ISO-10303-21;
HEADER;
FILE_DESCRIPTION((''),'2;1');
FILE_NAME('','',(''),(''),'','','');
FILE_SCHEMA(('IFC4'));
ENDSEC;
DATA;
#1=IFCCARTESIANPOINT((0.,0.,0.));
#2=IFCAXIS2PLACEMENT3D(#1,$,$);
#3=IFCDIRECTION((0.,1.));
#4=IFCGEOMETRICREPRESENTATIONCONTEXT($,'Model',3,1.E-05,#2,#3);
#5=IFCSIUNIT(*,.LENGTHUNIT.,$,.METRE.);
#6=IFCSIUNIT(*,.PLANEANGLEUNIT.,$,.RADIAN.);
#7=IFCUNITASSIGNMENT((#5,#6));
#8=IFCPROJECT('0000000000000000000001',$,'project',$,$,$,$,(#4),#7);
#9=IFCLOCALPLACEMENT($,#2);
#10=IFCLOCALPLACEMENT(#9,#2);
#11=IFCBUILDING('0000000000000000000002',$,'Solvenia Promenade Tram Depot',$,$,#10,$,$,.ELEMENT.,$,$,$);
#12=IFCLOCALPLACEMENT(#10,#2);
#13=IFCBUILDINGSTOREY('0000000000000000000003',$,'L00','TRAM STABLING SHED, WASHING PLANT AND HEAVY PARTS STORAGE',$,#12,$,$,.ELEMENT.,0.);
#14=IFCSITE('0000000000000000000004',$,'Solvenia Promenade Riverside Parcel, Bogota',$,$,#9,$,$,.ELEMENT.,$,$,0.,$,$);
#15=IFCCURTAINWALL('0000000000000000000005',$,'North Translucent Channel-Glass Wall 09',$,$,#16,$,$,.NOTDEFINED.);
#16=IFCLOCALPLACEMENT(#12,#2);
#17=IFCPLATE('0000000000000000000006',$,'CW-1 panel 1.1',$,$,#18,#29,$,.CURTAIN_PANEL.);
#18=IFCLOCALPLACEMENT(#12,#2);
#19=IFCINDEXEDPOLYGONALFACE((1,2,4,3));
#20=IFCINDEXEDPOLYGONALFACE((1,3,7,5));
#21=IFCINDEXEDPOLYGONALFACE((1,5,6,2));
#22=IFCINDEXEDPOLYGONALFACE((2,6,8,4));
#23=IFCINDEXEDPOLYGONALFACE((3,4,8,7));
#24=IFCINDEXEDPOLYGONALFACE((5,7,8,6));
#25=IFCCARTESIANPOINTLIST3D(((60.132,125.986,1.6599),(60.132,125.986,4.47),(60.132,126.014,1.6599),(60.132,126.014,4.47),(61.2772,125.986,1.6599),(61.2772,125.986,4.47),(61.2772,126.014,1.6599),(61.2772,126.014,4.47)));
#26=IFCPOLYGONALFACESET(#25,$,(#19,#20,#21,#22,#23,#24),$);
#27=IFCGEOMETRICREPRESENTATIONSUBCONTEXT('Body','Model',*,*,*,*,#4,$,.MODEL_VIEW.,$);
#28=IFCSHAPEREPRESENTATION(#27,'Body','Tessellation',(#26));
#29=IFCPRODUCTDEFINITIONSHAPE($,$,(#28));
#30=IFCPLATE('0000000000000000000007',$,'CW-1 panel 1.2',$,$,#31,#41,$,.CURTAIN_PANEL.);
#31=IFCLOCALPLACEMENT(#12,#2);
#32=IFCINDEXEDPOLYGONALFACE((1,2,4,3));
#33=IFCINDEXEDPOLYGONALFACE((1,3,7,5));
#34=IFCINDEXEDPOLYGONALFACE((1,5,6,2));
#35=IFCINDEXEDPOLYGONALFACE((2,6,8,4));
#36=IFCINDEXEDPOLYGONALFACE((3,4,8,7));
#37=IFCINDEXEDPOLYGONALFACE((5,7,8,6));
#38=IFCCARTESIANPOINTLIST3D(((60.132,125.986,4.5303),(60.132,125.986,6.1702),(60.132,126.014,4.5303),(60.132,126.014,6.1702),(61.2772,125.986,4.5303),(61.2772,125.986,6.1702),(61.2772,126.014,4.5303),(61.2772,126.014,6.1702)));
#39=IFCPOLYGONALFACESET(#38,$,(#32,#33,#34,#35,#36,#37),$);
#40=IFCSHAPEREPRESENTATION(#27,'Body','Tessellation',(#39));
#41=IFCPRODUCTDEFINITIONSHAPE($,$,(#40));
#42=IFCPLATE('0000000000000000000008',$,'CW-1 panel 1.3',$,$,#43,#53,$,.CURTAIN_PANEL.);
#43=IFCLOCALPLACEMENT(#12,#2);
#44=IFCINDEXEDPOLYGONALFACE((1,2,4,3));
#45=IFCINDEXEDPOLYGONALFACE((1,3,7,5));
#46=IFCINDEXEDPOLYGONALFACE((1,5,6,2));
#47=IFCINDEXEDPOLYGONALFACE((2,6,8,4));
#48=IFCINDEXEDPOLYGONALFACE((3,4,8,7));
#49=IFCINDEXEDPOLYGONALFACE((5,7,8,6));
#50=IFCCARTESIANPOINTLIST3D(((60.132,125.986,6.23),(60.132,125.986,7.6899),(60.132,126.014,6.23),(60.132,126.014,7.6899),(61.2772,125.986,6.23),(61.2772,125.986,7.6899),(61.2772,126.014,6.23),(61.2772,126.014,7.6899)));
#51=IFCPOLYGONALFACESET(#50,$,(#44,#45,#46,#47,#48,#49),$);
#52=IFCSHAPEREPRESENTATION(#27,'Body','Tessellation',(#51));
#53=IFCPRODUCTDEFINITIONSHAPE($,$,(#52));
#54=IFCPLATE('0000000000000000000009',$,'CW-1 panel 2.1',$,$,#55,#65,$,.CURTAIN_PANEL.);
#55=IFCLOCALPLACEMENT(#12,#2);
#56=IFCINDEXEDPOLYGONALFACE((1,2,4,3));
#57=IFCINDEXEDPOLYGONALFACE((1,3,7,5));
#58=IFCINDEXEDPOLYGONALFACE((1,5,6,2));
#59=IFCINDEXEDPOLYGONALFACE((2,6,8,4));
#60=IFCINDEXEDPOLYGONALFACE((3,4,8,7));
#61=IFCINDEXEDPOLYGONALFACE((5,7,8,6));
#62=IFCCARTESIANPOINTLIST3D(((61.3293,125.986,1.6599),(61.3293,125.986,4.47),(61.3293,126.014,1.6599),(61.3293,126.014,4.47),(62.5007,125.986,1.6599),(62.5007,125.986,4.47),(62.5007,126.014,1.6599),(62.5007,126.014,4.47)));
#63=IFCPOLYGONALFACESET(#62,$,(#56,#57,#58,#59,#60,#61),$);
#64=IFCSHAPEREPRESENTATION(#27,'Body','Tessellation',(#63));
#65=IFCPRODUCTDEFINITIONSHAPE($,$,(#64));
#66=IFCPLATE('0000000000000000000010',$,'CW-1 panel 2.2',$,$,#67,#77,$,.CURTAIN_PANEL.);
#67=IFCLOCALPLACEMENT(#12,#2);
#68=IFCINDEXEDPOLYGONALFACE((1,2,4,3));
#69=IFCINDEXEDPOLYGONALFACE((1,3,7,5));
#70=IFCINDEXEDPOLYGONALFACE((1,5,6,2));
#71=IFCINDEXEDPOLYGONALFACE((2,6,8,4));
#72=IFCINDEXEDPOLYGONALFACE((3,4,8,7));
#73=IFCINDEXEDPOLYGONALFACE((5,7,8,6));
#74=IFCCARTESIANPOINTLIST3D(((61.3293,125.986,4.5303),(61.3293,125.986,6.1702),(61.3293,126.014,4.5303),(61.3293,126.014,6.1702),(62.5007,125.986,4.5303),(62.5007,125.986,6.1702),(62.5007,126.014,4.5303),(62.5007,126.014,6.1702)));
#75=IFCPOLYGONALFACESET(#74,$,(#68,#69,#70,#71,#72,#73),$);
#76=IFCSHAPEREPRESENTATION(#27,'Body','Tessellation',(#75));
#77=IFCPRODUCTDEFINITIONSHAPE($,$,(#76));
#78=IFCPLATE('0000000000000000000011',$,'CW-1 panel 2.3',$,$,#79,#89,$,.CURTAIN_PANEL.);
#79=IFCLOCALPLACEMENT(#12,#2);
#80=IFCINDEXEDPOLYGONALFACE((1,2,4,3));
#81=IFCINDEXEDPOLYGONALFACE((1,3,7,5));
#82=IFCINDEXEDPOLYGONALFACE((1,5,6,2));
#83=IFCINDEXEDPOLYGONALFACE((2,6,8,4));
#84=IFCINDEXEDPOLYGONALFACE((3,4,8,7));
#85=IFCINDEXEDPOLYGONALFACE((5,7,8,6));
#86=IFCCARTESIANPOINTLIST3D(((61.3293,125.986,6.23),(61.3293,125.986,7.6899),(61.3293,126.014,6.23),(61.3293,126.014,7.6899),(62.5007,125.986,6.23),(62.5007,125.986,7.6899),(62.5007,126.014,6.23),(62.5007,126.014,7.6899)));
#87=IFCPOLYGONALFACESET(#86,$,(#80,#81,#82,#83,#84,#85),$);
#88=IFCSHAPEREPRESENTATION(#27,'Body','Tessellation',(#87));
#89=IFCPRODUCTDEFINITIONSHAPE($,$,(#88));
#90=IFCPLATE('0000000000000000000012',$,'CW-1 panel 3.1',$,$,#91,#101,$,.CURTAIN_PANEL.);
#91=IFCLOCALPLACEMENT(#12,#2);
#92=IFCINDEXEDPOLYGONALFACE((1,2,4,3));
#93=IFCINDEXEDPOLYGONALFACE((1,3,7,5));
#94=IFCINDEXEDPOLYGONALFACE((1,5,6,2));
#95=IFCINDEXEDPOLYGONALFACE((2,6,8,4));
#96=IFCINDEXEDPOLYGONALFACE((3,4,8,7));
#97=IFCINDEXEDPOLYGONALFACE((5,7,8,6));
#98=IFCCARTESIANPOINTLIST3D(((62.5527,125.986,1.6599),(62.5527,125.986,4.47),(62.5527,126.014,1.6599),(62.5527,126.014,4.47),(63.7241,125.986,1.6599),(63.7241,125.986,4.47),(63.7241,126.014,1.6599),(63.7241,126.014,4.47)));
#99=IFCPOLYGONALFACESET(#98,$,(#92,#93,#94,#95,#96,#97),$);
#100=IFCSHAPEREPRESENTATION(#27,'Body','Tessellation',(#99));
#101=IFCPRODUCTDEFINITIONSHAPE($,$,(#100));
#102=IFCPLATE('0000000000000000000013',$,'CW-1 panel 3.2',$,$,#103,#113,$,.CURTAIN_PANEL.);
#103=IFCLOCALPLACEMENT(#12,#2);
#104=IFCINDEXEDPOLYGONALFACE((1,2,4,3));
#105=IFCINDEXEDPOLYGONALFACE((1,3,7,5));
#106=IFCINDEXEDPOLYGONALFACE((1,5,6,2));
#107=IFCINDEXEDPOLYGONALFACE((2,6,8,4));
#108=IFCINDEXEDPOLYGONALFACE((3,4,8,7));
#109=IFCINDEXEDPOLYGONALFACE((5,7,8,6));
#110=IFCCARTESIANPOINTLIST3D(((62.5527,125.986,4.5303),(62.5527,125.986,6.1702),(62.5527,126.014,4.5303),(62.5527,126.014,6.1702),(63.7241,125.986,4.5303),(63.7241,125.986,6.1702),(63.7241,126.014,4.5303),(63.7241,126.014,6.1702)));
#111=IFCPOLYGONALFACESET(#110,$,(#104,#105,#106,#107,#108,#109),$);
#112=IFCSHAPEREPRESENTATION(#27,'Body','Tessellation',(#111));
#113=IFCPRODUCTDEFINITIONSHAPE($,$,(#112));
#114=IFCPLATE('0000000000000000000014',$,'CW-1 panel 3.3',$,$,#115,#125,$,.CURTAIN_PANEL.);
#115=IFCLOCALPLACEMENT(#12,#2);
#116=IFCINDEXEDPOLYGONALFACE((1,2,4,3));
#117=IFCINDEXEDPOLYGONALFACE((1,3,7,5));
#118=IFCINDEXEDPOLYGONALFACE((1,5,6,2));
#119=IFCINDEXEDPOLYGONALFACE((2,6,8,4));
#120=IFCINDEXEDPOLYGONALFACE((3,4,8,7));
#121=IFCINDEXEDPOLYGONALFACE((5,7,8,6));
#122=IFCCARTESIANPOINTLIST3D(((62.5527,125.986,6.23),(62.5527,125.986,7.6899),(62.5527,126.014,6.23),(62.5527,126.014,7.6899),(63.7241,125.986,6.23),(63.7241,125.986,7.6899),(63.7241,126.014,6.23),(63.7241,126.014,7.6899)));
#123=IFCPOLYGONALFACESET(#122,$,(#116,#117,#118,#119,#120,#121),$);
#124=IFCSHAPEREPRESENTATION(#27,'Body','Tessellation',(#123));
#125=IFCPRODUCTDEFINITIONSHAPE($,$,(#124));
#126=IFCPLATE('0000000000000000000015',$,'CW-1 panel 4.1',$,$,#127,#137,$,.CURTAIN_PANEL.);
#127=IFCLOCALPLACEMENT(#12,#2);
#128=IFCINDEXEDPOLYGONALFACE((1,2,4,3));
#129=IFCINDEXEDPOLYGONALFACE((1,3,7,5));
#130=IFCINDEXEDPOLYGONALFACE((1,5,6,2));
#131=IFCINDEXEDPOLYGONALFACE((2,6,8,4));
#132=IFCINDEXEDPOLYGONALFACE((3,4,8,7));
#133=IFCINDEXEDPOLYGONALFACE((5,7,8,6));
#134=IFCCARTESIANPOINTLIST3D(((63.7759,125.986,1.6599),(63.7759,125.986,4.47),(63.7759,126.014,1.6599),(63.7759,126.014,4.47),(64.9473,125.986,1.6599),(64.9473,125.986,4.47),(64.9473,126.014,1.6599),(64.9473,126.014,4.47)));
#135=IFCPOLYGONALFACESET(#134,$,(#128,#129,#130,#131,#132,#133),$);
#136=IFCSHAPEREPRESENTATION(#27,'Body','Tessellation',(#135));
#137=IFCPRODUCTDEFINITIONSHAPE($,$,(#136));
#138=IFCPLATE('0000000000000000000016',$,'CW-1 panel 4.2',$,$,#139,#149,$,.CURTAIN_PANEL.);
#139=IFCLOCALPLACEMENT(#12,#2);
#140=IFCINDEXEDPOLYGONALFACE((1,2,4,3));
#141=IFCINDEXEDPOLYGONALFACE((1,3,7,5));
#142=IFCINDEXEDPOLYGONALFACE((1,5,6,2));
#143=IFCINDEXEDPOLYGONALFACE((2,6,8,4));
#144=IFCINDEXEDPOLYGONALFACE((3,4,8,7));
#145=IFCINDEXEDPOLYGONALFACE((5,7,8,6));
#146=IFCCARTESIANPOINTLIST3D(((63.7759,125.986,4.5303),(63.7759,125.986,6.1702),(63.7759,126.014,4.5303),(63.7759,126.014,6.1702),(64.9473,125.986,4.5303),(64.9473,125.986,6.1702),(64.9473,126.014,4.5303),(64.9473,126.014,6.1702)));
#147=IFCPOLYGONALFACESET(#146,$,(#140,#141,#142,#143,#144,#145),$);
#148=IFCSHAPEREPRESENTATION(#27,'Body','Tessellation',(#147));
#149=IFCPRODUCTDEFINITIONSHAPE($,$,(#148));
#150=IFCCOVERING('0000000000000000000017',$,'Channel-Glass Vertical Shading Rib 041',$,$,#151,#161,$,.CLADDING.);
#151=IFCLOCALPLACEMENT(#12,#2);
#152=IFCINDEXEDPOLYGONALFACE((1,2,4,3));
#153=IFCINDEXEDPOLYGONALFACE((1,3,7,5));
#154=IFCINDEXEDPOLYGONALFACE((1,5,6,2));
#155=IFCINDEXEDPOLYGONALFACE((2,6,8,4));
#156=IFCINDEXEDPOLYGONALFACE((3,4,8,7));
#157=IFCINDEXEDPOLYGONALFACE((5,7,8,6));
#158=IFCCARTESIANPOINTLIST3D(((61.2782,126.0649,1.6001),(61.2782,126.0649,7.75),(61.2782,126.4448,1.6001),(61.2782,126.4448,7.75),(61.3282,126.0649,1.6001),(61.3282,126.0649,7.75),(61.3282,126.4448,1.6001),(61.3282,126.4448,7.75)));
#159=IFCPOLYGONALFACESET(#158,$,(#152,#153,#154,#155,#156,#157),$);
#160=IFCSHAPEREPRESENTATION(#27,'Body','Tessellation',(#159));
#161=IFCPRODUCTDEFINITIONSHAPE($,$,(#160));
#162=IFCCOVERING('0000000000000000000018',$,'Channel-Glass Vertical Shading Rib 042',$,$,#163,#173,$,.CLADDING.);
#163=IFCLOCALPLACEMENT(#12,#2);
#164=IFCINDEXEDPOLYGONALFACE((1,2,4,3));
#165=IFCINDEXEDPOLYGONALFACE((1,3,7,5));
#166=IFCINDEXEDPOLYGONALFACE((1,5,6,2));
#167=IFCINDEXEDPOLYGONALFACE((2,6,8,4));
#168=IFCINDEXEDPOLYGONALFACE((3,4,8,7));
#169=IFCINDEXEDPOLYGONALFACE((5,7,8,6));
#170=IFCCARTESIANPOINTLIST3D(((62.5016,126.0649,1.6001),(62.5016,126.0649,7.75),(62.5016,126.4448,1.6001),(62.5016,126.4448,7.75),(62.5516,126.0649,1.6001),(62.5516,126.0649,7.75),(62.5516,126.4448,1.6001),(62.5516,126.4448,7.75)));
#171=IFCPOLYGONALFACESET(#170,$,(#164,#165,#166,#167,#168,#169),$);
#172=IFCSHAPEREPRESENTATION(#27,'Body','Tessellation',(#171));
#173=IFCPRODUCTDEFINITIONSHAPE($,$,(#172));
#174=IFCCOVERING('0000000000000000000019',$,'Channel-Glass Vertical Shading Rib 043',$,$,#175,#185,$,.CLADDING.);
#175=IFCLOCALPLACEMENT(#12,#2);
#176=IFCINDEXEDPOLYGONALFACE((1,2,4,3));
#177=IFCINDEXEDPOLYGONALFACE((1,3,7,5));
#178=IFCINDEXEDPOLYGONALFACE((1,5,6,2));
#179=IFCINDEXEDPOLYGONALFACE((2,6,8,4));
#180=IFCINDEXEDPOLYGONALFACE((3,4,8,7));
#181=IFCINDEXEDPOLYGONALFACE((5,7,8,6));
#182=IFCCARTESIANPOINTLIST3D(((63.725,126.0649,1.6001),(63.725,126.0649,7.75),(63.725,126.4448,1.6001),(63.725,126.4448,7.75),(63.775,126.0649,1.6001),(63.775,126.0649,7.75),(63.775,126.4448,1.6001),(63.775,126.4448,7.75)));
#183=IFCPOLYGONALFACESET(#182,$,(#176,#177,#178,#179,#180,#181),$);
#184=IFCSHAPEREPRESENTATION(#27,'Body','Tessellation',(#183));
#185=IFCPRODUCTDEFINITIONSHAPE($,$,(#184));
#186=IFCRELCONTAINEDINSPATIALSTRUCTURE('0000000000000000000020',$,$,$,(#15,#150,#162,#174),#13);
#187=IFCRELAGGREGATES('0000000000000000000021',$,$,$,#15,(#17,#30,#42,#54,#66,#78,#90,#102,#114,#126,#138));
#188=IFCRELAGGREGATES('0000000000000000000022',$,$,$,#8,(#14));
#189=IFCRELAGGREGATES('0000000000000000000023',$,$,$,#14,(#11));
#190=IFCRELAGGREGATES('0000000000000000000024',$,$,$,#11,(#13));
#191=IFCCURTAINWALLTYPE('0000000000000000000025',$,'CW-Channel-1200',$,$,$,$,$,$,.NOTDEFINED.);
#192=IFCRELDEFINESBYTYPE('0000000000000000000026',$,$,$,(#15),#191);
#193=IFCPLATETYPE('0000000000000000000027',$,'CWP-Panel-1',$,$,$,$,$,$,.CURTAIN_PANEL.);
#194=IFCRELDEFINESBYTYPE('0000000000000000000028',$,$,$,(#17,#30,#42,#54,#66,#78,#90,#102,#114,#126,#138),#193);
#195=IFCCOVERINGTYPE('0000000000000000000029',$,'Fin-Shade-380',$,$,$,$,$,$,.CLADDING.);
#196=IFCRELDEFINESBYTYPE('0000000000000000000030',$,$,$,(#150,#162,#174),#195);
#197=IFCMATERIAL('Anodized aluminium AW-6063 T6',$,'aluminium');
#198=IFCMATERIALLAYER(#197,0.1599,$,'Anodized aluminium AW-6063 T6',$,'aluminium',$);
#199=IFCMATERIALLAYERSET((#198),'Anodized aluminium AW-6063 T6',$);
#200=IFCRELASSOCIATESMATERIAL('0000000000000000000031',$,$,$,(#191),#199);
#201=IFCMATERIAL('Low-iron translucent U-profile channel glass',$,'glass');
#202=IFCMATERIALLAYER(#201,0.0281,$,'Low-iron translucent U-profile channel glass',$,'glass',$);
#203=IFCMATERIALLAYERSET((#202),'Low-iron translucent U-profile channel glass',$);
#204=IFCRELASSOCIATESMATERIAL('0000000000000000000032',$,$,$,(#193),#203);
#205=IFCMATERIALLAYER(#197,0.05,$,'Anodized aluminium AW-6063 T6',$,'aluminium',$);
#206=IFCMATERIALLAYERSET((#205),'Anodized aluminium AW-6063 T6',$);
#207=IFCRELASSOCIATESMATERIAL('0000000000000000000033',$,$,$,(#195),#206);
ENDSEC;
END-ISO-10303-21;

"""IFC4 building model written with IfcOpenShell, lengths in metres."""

from ifc_helpers import new_model, si_unit, direction, frame, origin, origin_2d, place, context, subcontext, project, spatial, rectangle, extrude, material, layer, layer_set, type_object, element, aggregate, save


model = new_model("IFC4")

# Units and contexts
model_context = context("Model", 3, precision=1e-05, world=origin(), true_north=direction((0.0, 1.0)))
body_context = subcontext(model_context, "Body", "Model", "MODEL_VIEW")
ifc_project = project(units=[si_unit("LENGTHUNIT", "METRE"), si_unit("PLANEANGLEUNIT", "RADIAN")], contexts=[model_context])

# Site, building, storey
site_placement = place(None, origin())
site = spatial("IfcSite", under=ifc_project, at=site_placement, Name="Solvenia Promenade Riverside Parcel, Bogota", CompositionType="ELEMENT", RefElevation=0.0)
building_placement = place(site_placement, origin())
building = spatial("IfcBuilding", under=site, at=building_placement, Name="Solvenia Promenade Tram Depot", CompositionType="ELEMENT")
storey_placement = place(building_placement, origin())
storey = spatial("IfcBuildingStorey", under=building, at=storey_placement, Name="L00", Description="TRAM STABLING SHED, WASHING PLANT AND HEAVY PARTS STORAGE", CompositionType="ELEMENT", Elevation=0.0)

# Curtain wall, plates
ifc_material_1 = material(Name="Anodized aluminium AW-6063 T6", Category="aluminium")
ifc_layer_1 = layer(ifc_material_1, 0.1599, Name="Anodized aluminium AW-6063 T6", Category="aluminium")
ifc_layer_set_1 = layer_set([ifc_layer_1], Name="Anodized aluminium AW-6063 T6")
curtain_wall_type = type_object("IfcCurtainWallType", Name="CW-Channel-1200", PredefinedType="NOTDEFINED", material=ifc_layer_set_1)
curtain_wall_placement = place(storey_placement, origin())
curtain_wall = element("IfcCurtainWall", 1, at=curtain_wall_placement, inside=storey, type_object=curtain_wall_type, Name="North Translucent Channel-Glass Wall 09", PredefinedType="NOTDEFINED")
ifc_material_2 = material(Name="Low-iron translucent U-profile channel glass", Category="glass")
ifc_layer_2 = layer(ifc_material_2, 0.0281, Name="Low-iron translucent U-profile channel glass", Category="glass")
ifc_layer_set_2 = layer_set([ifc_layer_2], Name="Low-iron translucent U-profile channel glass")
plate_type = type_object("IfcPlateType", Name="CWP-Panel-1", PredefinedType="CURTAIN_PANEL", material=ifc_layer_set_2)
plate_1_placement = place(storey_placement, frame((60.7046, 126.0, 1.6599), z_axis=(0.0, 0.0, 1.0), x_axis=(1.0, 0.0, 0.0)))
plate_1 = element("IfcPlate", 2, at=plate_1_placement, type_object=plate_type, Name="CW-1 panel 1.1", PredefinedType="CURTAIN_PANEL", context=body_context, shape_type="SweptSolid", body=[
    extrude(rectangle(XDim=1.1453, YDim=0.0281, at=origin_2d()), origin(), (0.0, 0.0, 1.0), 2.8101),
])
plate_2_placement = place(storey_placement, frame((60.7046, 126.0, 4.5303), z_axis=(0.0, 0.0, 1.0), x_axis=(1.0, 0.0, 0.0)))
plate_2 = element("IfcPlate", 3, at=plate_2_placement, type_object=plate_type, Name="CW-1 panel 1.2", PredefinedType="CURTAIN_PANEL", context=body_context, shape_type="SweptSolid", body=[
    extrude(rectangle(XDim=1.1453, YDim=0.0281, at=origin_2d()), origin(), (0.0, 0.0, 1.0), 1.6399),
])
plate_3_placement = place(storey_placement, frame((60.7046, 126.0, 6.23), z_axis=(0.0, 0.0, 1.0), x_axis=(1.0, 0.0, 0.0)))
plate_3 = element("IfcPlate", 4, at=plate_3_placement, type_object=plate_type, Name="CW-1 panel 1.3", PredefinedType="CURTAIN_PANEL", context=body_context, shape_type="SweptSolid", body=[
    extrude(rectangle(XDim=1.1453, YDim=0.0281, at=origin_2d()), origin(), (0.0, 0.0, 1.0), 1.46),
])
plate_4_placement = place(storey_placement, frame((61.915, 126.0, 1.6599), z_axis=(0.0, 0.0, 1.0), x_axis=(1.0, 0.0, 0.0)))
plate_4 = element("IfcPlate", 5, at=plate_4_placement, type_object=plate_type, Name="CW-1 panel 2.1", PredefinedType="CURTAIN_PANEL", context=body_context, shape_type="SweptSolid", body=[
    extrude(rectangle(XDim=1.1714, YDim=0.0281, at=origin_2d()), origin(), (0.0, 0.0, 1.0), 2.8101),
])
plate_5_placement = place(storey_placement, frame((61.915, 126.0, 4.5303), z_axis=(0.0, 0.0, 1.0), x_axis=(1.0, 0.0, 0.0)))
plate_5 = element("IfcPlate", 6, at=plate_5_placement, type_object=plate_type, Name="CW-1 panel 2.2", PredefinedType="CURTAIN_PANEL", context=body_context, shape_type="SweptSolid", body=[
    extrude(rectangle(XDim=1.1714, YDim=0.0281, at=origin_2d()), origin(), (0.0, 0.0, 1.0), 1.6399),
])
plate_6_placement = place(storey_placement, frame((61.915, 126.0, 6.23), z_axis=(0.0, 0.0, 1.0), x_axis=(1.0, 0.0, 0.0)))
plate_6 = element("IfcPlate", 7, at=plate_6_placement, type_object=plate_type, Name="CW-1 panel 2.3", PredefinedType="CURTAIN_PANEL", context=body_context, shape_type="SweptSolid", body=[
    extrude(rectangle(XDim=1.1714, YDim=0.0281, at=origin_2d()), origin(), (0.0, 0.0, 1.0), 1.46),
])
plate_7_placement = place(storey_placement, frame((63.1384, 126.0, 1.6599), z_axis=(0.0, 0.0, 1.0), x_axis=(1.0, 0.0, 0.0)))
plate_7 = element("IfcPlate", 8, at=plate_7_placement, type_object=plate_type, Name="CW-1 panel 3.1", PredefinedType="CURTAIN_PANEL", context=body_context, shape_type="SweptSolid", body=[
    extrude(rectangle(XDim=1.1714, YDim=0.0281, at=origin_2d()), origin(), (0.0, 0.0, 1.0), 2.8101),
])
plate_8_placement = place(storey_placement, frame((63.1384, 126.0, 4.5303), z_axis=(0.0, 0.0, 1.0), x_axis=(1.0, 0.0, 0.0)))
plate_8 = element("IfcPlate", 9, at=plate_8_placement, type_object=plate_type, Name="CW-1 panel 3.2", PredefinedType="CURTAIN_PANEL", context=body_context, shape_type="SweptSolid", body=[
    extrude(rectangle(XDim=1.1714, YDim=0.0281, at=origin_2d()), origin(), (0.0, 0.0, 1.0), 1.6399),
])
plate_9_placement = place(storey_placement, frame((63.1384, 126.0, 6.23), z_axis=(0.0, 0.0, 1.0), x_axis=(1.0, 0.0, 0.0)))
plate_9 = element("IfcPlate", 10, at=plate_9_placement, type_object=plate_type, Name="CW-1 panel 3.3", PredefinedType="CURTAIN_PANEL", context=body_context, shape_type="SweptSolid", body=[
    extrude(rectangle(XDim=1.1714, YDim=0.0281, at=origin_2d()), origin(), (0.0, 0.0, 1.0), 1.46),
])
plate_10_placement = place(storey_placement, frame((64.3616, 126.0, 1.6599), z_axis=(0.0, 0.0, 1.0), x_axis=(1.0, 0.0, 0.0)))
plate_10 = element("IfcPlate", 11, at=plate_10_placement, type_object=plate_type, Name="CW-1 panel 4.1", PredefinedType="CURTAIN_PANEL", context=body_context, shape_type="SweptSolid", body=[
    extrude(rectangle(XDim=1.1714, YDim=0.0281, at=origin_2d()), origin(), (0.0, 0.0, 1.0), 2.8101),
])
plate_11_placement = place(storey_placement, frame((64.3616, 126.0, 4.5303), z_axis=(0.0, 0.0, 1.0), x_axis=(1.0, 0.0, 0.0)))
plate_11 = element("IfcPlate", 12, at=plate_11_placement, type_object=plate_type, Name="CW-1 panel 4.2", PredefinedType="CURTAIN_PANEL", context=body_context, shape_type="SweptSolid", body=[
    extrude(rectangle(XDim=1.1714, YDim=0.0281, at=origin_2d()), origin(), (0.0, 0.0, 1.0), 1.6399),
])
aggregate(curtain_wall, [plate_1, plate_2, plate_3, plate_4, plate_5, plate_6, plate_7, plate_8, plate_9, plate_10, plate_11])

# Coverings
ifc_layer_3 = layer(ifc_material_1, 0.05, Name="Anodized aluminium AW-6063 T6", Category="aluminium")
ifc_layer_set_3 = layer_set([ifc_layer_3], Name="Anodized aluminium AW-6063 T6")
covering_type = type_object("IfcCoveringType", Name="Fin-Shade-380", PredefinedType="CLADDING", material=ifc_layer_set_3)
for number, where, z_axis, x_axis, name in (
    (13, (61.3032, 126.2549, 1.6001), (0.0, 0.0, 1.0), (1.0, 0.0, 0.0), "Channel-Glass Vertical Shading Rib 041"),
    (14, (62.5266, 126.2549, 1.6001), (0.0, 0.0, 1.0), (1.0, 0.0, 0.0), "Channel-Glass Vertical Shading Rib 042"),
    (15, (63.75, 126.2549, 1.6001), (0.0, 0.0, 1.0), (1.0, 0.0, 0.0), "Channel-Glass Vertical Shading Rib 043"),
):
    element("IfcCovering", number, at=place(storey_placement, frame(where, z_axis=z_axis, x_axis=x_axis)), inside=storey, type_object=covering_type, Name=name, PredefinedType="CLADDING", context=body_context, shape_type="SweptSolid", body=[
        extrude(rectangle(XDim=0.05, YDim=0.3799, at=origin_2d()), origin(), (0.0, 0.0, 1.0), 6.1499),
    ])

save(model, "model.ifc")
